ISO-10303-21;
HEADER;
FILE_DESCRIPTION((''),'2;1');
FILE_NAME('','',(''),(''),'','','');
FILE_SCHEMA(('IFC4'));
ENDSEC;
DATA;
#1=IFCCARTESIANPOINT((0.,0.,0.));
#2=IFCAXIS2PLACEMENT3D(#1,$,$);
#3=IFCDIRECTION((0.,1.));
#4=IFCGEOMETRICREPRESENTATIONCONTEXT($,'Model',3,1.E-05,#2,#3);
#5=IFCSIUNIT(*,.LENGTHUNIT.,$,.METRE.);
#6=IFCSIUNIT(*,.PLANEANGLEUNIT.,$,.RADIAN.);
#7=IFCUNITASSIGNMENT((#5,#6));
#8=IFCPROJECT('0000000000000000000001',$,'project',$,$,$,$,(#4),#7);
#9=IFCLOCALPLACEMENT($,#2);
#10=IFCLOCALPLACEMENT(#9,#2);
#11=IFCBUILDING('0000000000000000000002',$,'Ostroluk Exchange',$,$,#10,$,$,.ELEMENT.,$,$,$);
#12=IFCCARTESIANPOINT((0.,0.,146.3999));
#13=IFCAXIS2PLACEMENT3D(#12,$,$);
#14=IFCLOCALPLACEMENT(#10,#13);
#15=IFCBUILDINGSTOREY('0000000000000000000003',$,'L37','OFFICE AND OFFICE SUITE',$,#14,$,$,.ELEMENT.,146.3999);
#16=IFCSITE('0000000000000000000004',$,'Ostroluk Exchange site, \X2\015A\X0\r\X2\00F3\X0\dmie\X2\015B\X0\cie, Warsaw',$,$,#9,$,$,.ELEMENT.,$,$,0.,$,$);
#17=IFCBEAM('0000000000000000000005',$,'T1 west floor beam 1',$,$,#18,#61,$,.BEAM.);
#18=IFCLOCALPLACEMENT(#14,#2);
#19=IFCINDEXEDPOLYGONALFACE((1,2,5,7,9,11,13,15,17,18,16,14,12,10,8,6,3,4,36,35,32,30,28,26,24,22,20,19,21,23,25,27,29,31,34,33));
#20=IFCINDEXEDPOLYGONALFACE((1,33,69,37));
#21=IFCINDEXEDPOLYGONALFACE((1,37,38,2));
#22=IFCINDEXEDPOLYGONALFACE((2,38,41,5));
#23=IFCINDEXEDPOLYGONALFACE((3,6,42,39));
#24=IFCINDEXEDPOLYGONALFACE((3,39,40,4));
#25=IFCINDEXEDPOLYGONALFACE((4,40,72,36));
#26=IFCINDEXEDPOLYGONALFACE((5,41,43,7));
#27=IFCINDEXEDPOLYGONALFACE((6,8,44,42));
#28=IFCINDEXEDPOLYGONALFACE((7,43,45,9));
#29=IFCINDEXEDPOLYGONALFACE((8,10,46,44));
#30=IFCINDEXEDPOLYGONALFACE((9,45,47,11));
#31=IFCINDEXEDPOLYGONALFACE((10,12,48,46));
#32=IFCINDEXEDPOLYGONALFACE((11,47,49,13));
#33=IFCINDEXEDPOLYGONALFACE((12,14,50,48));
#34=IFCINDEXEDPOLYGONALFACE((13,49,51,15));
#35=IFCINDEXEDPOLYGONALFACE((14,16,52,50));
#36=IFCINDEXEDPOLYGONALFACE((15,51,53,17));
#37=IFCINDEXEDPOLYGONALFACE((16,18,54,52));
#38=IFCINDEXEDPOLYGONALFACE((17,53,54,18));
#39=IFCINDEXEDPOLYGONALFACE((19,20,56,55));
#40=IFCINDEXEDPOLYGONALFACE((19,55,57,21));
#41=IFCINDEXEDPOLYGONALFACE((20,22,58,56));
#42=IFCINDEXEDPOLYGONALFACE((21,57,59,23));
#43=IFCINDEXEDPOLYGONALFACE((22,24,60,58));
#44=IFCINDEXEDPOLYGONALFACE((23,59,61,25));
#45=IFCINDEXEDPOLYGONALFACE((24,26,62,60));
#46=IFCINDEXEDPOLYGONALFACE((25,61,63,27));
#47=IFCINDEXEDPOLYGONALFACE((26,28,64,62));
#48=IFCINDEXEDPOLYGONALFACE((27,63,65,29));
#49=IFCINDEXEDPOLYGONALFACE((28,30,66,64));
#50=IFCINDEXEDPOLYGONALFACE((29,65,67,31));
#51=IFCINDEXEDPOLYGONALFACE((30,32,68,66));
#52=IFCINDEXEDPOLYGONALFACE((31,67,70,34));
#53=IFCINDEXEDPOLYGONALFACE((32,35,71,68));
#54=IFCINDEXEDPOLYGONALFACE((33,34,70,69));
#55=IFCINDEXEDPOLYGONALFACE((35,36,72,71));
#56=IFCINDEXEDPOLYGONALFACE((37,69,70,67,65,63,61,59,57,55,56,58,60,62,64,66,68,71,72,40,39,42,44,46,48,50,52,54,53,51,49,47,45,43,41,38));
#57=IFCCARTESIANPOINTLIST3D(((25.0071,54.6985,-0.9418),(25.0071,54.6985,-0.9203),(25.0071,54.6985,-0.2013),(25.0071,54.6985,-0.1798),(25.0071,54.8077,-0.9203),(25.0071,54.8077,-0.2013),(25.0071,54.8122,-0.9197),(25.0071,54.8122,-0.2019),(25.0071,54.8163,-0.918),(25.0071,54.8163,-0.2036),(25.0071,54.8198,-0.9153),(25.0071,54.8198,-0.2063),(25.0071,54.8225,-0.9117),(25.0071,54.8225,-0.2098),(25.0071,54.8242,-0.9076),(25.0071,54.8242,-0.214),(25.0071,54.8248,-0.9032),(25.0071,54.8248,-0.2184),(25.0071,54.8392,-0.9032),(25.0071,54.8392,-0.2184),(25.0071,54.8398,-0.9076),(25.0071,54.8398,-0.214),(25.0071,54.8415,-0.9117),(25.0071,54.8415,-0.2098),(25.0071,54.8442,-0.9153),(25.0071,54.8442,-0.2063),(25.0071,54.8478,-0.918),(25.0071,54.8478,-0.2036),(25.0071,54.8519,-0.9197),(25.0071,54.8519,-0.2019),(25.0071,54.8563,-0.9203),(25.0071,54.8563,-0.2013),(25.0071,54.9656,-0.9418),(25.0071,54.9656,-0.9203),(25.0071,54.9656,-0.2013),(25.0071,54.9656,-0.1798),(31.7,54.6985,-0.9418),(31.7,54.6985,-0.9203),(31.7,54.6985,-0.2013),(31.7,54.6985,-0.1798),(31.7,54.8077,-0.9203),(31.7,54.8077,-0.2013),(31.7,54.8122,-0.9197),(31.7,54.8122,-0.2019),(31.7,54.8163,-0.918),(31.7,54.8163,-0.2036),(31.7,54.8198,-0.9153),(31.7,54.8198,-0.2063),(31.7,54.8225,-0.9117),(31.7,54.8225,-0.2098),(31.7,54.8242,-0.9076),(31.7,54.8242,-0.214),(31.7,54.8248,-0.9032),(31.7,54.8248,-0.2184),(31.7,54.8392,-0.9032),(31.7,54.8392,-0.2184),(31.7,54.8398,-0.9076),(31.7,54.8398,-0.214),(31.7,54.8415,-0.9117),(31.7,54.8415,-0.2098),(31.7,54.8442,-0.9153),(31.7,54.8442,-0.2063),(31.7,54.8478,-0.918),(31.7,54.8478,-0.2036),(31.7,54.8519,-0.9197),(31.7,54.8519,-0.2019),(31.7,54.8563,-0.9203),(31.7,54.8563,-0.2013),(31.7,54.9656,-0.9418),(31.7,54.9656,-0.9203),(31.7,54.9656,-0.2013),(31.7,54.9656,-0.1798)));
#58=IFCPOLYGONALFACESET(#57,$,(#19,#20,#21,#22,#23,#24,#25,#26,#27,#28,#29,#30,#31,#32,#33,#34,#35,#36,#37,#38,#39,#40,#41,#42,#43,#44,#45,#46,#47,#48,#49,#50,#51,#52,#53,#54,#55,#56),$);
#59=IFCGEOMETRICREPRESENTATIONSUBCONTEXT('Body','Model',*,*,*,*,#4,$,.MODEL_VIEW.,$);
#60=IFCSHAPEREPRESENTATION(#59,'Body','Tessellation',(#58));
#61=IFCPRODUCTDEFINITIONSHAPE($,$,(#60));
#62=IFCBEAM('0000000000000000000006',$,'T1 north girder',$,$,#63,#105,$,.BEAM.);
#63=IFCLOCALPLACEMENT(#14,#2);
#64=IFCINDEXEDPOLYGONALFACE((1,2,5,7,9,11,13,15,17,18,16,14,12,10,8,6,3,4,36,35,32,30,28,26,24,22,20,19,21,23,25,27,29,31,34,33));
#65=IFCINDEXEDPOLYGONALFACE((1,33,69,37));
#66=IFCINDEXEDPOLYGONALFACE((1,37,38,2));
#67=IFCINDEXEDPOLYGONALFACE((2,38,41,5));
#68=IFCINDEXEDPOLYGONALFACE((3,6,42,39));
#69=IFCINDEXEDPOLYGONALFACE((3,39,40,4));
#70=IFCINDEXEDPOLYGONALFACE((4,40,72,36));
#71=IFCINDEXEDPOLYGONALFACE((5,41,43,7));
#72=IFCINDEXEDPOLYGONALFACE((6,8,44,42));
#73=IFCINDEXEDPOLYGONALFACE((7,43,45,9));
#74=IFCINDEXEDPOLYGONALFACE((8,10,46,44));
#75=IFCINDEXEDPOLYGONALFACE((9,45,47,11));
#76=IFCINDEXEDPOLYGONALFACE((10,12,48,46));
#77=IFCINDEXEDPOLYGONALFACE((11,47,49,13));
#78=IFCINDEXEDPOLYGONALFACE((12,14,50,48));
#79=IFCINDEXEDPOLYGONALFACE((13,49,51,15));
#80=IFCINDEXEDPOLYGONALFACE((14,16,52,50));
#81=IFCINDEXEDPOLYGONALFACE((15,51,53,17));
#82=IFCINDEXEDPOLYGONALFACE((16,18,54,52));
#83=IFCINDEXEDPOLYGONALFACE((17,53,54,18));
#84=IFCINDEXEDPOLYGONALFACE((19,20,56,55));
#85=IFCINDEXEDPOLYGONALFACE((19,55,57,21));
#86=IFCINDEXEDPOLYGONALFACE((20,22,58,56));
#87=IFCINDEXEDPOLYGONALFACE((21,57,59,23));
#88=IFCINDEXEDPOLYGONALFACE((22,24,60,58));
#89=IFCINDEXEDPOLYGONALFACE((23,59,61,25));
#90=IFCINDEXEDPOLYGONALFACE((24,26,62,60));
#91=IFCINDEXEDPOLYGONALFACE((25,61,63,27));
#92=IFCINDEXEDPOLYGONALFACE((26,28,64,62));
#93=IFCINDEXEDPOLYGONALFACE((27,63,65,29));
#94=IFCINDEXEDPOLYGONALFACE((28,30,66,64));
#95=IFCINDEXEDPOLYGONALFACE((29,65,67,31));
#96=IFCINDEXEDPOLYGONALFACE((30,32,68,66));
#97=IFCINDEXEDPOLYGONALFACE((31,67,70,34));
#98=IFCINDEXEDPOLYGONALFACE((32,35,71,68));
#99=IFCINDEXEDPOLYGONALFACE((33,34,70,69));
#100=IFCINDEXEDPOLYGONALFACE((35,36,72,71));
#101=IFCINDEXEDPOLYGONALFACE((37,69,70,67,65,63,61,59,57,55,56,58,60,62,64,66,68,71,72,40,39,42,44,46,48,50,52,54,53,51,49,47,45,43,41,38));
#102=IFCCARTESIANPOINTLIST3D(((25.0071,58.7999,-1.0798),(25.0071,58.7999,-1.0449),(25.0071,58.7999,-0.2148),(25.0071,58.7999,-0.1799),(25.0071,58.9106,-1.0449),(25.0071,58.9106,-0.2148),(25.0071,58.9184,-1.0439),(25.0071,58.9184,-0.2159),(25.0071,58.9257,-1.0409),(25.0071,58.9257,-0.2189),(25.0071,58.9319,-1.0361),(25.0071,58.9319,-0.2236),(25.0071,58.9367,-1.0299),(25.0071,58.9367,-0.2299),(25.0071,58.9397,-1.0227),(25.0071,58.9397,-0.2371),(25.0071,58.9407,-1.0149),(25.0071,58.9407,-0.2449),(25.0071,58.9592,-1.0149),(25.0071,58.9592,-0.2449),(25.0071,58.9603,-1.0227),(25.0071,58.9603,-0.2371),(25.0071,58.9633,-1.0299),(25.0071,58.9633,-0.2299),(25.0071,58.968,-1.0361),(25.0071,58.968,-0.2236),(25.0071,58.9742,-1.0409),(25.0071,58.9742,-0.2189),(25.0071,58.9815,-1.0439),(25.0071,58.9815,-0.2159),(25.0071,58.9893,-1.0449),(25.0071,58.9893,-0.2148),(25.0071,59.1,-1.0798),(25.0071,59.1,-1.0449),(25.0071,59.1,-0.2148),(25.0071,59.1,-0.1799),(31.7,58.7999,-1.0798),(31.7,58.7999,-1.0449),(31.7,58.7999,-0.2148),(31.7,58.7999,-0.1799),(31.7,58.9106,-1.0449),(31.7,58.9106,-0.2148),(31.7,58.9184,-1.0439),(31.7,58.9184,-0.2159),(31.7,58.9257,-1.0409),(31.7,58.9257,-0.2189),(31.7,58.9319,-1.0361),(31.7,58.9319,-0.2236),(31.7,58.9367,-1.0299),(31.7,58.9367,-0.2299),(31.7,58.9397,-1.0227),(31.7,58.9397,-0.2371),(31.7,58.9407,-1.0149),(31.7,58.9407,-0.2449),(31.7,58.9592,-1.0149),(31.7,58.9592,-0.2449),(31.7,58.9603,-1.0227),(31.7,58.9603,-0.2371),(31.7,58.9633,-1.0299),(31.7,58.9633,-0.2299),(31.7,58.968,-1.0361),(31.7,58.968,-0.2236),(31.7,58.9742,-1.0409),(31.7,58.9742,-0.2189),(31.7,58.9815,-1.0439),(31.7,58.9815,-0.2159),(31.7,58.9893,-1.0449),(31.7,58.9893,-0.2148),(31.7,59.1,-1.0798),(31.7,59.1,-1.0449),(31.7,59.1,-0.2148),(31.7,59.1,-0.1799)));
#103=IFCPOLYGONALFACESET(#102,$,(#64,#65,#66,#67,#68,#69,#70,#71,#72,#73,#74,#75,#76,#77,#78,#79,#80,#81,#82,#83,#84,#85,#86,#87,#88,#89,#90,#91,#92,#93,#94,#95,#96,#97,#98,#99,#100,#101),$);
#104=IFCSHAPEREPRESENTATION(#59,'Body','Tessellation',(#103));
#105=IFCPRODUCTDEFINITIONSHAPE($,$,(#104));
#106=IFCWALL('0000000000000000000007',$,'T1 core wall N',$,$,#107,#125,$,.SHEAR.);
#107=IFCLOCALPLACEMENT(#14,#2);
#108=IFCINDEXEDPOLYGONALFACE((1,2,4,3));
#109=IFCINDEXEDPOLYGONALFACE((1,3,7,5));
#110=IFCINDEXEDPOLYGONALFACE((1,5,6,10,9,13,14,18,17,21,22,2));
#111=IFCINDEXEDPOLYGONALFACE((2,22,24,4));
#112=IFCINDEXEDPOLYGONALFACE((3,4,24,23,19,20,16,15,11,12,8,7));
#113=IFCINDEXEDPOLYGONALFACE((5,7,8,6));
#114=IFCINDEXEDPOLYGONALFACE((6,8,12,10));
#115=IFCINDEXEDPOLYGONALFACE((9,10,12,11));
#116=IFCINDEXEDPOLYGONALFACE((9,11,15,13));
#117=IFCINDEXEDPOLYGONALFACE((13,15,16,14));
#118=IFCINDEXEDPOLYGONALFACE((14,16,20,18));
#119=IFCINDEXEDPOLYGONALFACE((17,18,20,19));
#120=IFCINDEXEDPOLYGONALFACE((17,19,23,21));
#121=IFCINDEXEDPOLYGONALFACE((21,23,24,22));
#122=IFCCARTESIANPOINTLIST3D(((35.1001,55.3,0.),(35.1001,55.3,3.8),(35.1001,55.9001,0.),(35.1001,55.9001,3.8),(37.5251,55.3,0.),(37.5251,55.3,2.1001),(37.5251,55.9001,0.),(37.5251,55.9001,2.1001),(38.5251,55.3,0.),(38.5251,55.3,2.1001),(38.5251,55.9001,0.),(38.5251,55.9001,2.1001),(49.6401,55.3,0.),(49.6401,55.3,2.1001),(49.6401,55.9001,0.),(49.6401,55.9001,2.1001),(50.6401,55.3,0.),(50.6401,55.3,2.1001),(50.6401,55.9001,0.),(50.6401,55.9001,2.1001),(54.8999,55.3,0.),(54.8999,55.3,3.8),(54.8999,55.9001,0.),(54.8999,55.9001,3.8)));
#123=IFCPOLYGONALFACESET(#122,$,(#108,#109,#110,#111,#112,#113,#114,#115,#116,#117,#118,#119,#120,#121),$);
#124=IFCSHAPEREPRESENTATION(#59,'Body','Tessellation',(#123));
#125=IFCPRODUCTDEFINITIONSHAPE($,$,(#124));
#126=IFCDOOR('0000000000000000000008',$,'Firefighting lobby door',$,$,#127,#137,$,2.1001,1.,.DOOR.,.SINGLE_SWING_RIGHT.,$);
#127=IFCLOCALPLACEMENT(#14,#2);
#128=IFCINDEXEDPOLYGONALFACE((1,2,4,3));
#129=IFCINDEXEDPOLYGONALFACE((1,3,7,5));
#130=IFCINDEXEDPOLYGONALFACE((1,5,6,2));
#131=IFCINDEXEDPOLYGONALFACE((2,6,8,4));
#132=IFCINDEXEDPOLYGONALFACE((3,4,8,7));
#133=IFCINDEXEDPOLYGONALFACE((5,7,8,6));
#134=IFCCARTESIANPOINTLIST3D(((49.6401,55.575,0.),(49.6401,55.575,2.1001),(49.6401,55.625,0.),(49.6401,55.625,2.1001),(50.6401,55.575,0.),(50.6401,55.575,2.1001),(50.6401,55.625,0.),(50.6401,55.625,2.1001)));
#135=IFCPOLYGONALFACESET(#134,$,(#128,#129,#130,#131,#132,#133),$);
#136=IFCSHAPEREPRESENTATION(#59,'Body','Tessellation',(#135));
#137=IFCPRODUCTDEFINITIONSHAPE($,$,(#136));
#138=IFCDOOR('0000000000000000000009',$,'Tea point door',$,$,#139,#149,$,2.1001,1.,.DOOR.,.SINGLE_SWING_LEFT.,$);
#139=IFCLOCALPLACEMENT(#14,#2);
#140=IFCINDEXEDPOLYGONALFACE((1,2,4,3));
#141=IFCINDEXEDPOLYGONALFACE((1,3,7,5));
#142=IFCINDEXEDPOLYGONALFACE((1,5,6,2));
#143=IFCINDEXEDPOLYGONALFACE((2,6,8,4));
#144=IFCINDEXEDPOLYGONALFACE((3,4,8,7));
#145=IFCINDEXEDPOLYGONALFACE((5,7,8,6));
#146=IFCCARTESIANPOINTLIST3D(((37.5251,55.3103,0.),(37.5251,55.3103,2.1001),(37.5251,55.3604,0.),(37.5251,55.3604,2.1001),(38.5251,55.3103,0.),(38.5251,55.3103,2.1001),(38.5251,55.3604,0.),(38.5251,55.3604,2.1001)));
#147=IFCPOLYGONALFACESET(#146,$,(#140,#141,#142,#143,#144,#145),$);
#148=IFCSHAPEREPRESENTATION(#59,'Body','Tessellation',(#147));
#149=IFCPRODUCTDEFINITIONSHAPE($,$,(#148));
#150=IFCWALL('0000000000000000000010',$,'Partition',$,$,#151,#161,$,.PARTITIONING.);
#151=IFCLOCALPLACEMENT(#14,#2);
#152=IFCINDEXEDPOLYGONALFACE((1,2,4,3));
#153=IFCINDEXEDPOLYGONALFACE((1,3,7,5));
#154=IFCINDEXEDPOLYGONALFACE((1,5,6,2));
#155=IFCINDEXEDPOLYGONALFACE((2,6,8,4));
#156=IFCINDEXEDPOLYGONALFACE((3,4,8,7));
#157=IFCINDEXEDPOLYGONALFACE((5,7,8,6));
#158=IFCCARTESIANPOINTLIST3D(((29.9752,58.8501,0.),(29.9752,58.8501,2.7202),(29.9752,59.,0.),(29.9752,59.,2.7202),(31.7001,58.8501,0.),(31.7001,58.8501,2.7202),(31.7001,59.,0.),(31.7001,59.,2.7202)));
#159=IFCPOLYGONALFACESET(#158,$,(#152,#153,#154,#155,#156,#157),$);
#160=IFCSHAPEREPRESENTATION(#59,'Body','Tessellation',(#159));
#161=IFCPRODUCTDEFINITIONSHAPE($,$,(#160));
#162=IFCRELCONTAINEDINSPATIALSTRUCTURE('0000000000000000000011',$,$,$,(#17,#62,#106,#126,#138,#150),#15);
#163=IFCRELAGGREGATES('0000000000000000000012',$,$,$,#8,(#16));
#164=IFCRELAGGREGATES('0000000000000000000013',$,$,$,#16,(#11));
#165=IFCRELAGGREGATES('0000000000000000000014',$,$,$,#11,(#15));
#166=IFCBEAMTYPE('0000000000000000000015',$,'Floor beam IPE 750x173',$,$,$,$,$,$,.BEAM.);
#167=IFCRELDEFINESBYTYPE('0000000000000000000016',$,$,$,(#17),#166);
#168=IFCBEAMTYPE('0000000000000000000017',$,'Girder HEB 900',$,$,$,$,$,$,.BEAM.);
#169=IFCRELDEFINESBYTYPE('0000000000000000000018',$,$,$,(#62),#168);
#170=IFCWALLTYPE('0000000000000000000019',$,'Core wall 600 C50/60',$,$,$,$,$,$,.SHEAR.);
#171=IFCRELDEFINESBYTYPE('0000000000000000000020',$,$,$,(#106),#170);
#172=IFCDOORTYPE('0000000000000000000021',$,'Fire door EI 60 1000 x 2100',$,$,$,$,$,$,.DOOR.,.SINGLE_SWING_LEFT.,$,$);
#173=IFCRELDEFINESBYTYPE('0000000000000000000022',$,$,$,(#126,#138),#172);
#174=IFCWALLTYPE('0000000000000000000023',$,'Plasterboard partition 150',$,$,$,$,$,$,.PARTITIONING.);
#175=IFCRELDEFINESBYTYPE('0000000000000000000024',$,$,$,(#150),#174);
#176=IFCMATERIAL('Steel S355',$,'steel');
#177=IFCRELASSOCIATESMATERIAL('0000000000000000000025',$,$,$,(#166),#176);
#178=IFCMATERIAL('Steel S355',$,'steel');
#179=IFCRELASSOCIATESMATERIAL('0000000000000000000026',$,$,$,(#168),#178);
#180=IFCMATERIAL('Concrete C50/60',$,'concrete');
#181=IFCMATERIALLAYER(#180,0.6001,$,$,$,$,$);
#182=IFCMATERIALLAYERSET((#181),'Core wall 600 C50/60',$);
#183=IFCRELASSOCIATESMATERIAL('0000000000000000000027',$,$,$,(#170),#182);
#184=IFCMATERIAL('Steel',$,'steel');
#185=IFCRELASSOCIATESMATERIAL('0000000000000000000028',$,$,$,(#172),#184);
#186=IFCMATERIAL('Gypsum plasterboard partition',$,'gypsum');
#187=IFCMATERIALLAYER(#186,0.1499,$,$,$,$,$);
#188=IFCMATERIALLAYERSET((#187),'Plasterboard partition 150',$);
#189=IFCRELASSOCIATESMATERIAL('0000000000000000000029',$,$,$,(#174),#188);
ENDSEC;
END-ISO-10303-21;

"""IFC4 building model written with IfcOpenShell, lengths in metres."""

from ifc_helpers import new_model, si_unit, direction, frame, frame_2d, origin, origin_2d, place, context, subcontext, project, spatial, rectangle, i_section, extrude, material, layer, layer_set, material_profile, profile_set, type_object, element, fill, save


model = new_model("IFC4")

# Units and contexts
model_context = context("Model", 3, precision=1e-05, world=origin(), true_north=direction((0.0, 1.0)))
body_context = subcontext(model_context, "Body", "Model", "MODEL_VIEW")
ifc_project = project(units=[si_unit("LENGTHUNIT", "METRE"), si_unit("PLANEANGLEUNIT", "RADIAN")], contexts=[model_context])

# Site, building, storey
site_placement = place(None, origin())
site = spatial("IfcSite", under=ifc_project, at=site_placement, Name="Ostroluk Exchange site, Śródmieście, Warsaw", CompositionType="ELEMENT", RefElevation=0.0)
building_placement = place(site_placement, origin())
building = spatial("IfcBuilding", under=site, at=building_placement, Name="Ostroluk Exchange", CompositionType="ELEMENT")
storey_placement = place(building_placement, frame((0.0, 0.0, 146.3999)))
storey = spatial("IfcBuildingStorey", under=building, at=storey_placement, Name="L37", Description="OFFICE AND OFFICE SUITE", CompositionType="ELEMENT", Elevation=146.3999)

# Beams
ifc_material_1 = material(Name="Steel S355", Category="steel")
ifc_material_profile_1 = material_profile(ifc_material_1, i_section(OverallWidth=0.2671, OverallDepth=0.762, WebThickness=0.0144, FlangeThickness=0.0215, FilletRadius=0.0171, at=origin_2d()), Name="IPE 750x173")
ifc_profile_set_1 = profile_set([ifc_material_profile_1], Name="Steel S355")
beam_type_1 = type_object("IfcBeamType", Name="Floor beam IPE 750x173", PredefinedType="BEAM", material=ifc_profile_set_1)
beam_1_placement = place(storey_placement, frame((31.7, 54.832, -0.5608), z_axis=(-1.0, 0.0, 0.0), x_axis=(0.0, -1.0, 0.0)))
element("IfcBeam", 1, at=beam_1_placement, inside=storey, type_object=beam_type_1, Name="T1 west floor beam 1", PredefinedType="BEAM", context=body_context, shape_type="SweptSolid", body=[
    extrude(i_section(OverallWidth=0.2671, OverallDepth=0.762, WebThickness=0.0144, FlangeThickness=0.0215, FilletRadius=0.0171, at=origin_2d()), origin(), (0.0, 0.0, 1.0), 6.6929),
])
ifc_material_2 = material(Name="Steel S355", Category="steel")
ifc_material_profile_2 = material_profile(ifc_material_2, i_section(OverallWidth=0.3, OverallDepth=0.8999, WebThickness=0.0186, FlangeThickness=0.0349, FilletRadius=0.03, at=origin_2d()), Name="HEB 900")
ifc_profile_set_2 = profile_set([ifc_material_profile_2], Name="Steel S355")
beam_type_2 = type_object("IfcBeamType", Name="Girder HEB 900", PredefinedType="BEAM", material=ifc_profile_set_2)
beam_2_placement = place(storey_placement, frame((31.7, 58.95, -0.6299), z_axis=(-1.0, 0.0, 0.0), x_axis=(0.0, -1.0, 0.0)))
element("IfcBeam", 2, at=beam_2_placement, inside=storey, type_object=beam_type_2, Name="T1 north girder", PredefinedType="BEAM", context=body_context, shape_type="SweptSolid", body=[
    extrude(i_section(OverallWidth=0.3, OverallDepth=0.8999, WebThickness=0.0186, FlangeThickness=0.0349, FilletRadius=0.03, at=origin_2d()), origin(), (0.0, 0.0, 1.0), 6.6929),
])

# Wall, openings, doors
ifc_material_3 = material(Name="Concrete C50/60", Category="concrete")
ifc_layer_1 = layer(ifc_material_3, 0.6001)
ifc_layer_set_1 = layer_set([ifc_layer_1], Name="Core wall 600 C50/60")
wall_type_1 = type_object("IfcWallType", Name="Core wall 600 C50/60", PredefinedType="SHEAR", material=ifc_layer_set_1)
wall_1_placement = place(storey_placement, frame((35.1001, 55.6001, 0.0), z_axis=(0.0, 0.0, 1.0), x_axis=(1.0, 0.0, 0.0)))
wall_1 = element("IfcWall", 3, at=wall_1_placement, inside=storey, type_object=wall_type_1, Name="T1 core wall N", PredefinedType="SHEAR", context=body_context, shape_type="SweptSolid", body=[
    extrude(rectangle(XDim=19.7998, YDim=0.6001, at=frame_2d((9.8999, 0.0))), origin(), (0.0, 0.0, 1.0), 3.8),
])
opening_1_placement = place(wall_1_placement, frame((14.54, 0.0, 0.0)))
opening_1 = element("IfcOpeningElement", 4, at=opening_1_placement, cuts=wall_1, PredefinedType="OPENING", context=body_context, shape_type="SweptSolid", body=[
    extrude(rectangle(XDim=1.0, YDim=2.1001, at=frame_2d((0.5, 1.05))), frame((0.0, 0.3101, 0.0), z_axis=(0.0, -1.0, 0.0), x_axis=(1.0, 0.0, 0.0)), (0.0, 0.0, 1.0), 0.6201),
])
opening_2_placement = place(wall_1_placement, frame((2.425, 0.0, 0.0)))
opening_2 = element("IfcOpeningElement", 5, at=opening_2_placement, cuts=wall_1, PredefinedType="OPENING", context=body_context, shape_type="SweptSolid", body=[
    extrude(rectangle(XDim=1.0, YDim=2.1001, at=frame_2d((0.5, 1.05))), frame((0.0, 0.3101, 0.0), z_axis=(0.0, -1.0, 0.0), x_axis=(1.0, 0.0, 0.0)), (0.0, 0.0, 1.0), 0.6201),
])
ifc_material_4 = material(Name="Steel", Category="steel")
door_type = type_object("IfcDoorType", Name="Fire door EI 60 1000 x 2100", OperationType="SINGLE_SWING_LEFT", PredefinedType="DOOR", material=ifc_material_4)
door_1_placement = place(opening_1_placement, origin())
door_1 = element("IfcDoor", 6, at=door_1_placement, inside=storey, type_object=door_type, Name="Firefighting lobby door", OperationType="SINGLE_SWING_RIGHT", OverallHeight=2.1001, OverallWidth=1.0, PredefinedType="DOOR", context=body_context, shape_type="SweptSolid", body=[
    extrude(rectangle(XDim=1.0, YDim=2.1001, at=frame_2d((0.5, 1.05))), frame((0.0, 0.0249, 0.0), z_axis=(0.0, -1.0, 0.0), x_axis=(1.0, 0.0, 0.0)), (0.0, 0.0, 1.0), 0.05),
])
fill(opening_1, door_1)
door_2_placement = place(opening_2_placement, origin())
door_2 = element("IfcDoor", 7, at=door_2_placement, inside=storey, type_object=door_type, Name="Tea point door", OperationType="SINGLE_SWING_LEFT", OverallHeight=2.1001, OverallWidth=1.0, PredefinedType="DOOR", context=body_context, shape_type="SweptSolid", body=[
    extrude(rectangle(XDim=1.0, YDim=2.1001, at=frame_2d((0.5, 1.05))), frame((0.0, -0.2397, 0.0), z_axis=(0.0, -1.0, 0.0), x_axis=(1.0, 0.0, 0.0)), (0.0, 0.0, 1.0), 0.05),
])
fill(opening_2, door_2)

# Wall
ifc_material_5 = material(Name="Gypsum plasterboard partition", Category="gypsum")
ifc_layer_2 = layer(ifc_material_5, 0.1499)
ifc_layer_set_2 = layer_set([ifc_layer_2], Name="Plasterboard partition 150")
wall_type_2 = type_object("IfcWallType", Name="Plasterboard partition 150", PredefinedType="PARTITIONING", material=ifc_layer_set_2)
wall_2_placement = place(storey_placement, frame((31.7, 58.925, 0.0), z_axis=(0.0, 0.0, 1.0), x_axis=(-1.0, 0.0, 0.0)))
element("IfcWall", 8, at=wall_2_placement, inside=storey, type_object=wall_type_2, Name="Partition", PredefinedType="PARTITIONING", context=body_context, shape_type="SweptSolid", body=[
    extrude(rectangle(XDim=1.7249, YDim=0.1499, at=frame_2d((0.8623, 0.0))), origin(), (0.0, 0.0, 1.0), 2.7202),
])

save(model, "model.ifc")
